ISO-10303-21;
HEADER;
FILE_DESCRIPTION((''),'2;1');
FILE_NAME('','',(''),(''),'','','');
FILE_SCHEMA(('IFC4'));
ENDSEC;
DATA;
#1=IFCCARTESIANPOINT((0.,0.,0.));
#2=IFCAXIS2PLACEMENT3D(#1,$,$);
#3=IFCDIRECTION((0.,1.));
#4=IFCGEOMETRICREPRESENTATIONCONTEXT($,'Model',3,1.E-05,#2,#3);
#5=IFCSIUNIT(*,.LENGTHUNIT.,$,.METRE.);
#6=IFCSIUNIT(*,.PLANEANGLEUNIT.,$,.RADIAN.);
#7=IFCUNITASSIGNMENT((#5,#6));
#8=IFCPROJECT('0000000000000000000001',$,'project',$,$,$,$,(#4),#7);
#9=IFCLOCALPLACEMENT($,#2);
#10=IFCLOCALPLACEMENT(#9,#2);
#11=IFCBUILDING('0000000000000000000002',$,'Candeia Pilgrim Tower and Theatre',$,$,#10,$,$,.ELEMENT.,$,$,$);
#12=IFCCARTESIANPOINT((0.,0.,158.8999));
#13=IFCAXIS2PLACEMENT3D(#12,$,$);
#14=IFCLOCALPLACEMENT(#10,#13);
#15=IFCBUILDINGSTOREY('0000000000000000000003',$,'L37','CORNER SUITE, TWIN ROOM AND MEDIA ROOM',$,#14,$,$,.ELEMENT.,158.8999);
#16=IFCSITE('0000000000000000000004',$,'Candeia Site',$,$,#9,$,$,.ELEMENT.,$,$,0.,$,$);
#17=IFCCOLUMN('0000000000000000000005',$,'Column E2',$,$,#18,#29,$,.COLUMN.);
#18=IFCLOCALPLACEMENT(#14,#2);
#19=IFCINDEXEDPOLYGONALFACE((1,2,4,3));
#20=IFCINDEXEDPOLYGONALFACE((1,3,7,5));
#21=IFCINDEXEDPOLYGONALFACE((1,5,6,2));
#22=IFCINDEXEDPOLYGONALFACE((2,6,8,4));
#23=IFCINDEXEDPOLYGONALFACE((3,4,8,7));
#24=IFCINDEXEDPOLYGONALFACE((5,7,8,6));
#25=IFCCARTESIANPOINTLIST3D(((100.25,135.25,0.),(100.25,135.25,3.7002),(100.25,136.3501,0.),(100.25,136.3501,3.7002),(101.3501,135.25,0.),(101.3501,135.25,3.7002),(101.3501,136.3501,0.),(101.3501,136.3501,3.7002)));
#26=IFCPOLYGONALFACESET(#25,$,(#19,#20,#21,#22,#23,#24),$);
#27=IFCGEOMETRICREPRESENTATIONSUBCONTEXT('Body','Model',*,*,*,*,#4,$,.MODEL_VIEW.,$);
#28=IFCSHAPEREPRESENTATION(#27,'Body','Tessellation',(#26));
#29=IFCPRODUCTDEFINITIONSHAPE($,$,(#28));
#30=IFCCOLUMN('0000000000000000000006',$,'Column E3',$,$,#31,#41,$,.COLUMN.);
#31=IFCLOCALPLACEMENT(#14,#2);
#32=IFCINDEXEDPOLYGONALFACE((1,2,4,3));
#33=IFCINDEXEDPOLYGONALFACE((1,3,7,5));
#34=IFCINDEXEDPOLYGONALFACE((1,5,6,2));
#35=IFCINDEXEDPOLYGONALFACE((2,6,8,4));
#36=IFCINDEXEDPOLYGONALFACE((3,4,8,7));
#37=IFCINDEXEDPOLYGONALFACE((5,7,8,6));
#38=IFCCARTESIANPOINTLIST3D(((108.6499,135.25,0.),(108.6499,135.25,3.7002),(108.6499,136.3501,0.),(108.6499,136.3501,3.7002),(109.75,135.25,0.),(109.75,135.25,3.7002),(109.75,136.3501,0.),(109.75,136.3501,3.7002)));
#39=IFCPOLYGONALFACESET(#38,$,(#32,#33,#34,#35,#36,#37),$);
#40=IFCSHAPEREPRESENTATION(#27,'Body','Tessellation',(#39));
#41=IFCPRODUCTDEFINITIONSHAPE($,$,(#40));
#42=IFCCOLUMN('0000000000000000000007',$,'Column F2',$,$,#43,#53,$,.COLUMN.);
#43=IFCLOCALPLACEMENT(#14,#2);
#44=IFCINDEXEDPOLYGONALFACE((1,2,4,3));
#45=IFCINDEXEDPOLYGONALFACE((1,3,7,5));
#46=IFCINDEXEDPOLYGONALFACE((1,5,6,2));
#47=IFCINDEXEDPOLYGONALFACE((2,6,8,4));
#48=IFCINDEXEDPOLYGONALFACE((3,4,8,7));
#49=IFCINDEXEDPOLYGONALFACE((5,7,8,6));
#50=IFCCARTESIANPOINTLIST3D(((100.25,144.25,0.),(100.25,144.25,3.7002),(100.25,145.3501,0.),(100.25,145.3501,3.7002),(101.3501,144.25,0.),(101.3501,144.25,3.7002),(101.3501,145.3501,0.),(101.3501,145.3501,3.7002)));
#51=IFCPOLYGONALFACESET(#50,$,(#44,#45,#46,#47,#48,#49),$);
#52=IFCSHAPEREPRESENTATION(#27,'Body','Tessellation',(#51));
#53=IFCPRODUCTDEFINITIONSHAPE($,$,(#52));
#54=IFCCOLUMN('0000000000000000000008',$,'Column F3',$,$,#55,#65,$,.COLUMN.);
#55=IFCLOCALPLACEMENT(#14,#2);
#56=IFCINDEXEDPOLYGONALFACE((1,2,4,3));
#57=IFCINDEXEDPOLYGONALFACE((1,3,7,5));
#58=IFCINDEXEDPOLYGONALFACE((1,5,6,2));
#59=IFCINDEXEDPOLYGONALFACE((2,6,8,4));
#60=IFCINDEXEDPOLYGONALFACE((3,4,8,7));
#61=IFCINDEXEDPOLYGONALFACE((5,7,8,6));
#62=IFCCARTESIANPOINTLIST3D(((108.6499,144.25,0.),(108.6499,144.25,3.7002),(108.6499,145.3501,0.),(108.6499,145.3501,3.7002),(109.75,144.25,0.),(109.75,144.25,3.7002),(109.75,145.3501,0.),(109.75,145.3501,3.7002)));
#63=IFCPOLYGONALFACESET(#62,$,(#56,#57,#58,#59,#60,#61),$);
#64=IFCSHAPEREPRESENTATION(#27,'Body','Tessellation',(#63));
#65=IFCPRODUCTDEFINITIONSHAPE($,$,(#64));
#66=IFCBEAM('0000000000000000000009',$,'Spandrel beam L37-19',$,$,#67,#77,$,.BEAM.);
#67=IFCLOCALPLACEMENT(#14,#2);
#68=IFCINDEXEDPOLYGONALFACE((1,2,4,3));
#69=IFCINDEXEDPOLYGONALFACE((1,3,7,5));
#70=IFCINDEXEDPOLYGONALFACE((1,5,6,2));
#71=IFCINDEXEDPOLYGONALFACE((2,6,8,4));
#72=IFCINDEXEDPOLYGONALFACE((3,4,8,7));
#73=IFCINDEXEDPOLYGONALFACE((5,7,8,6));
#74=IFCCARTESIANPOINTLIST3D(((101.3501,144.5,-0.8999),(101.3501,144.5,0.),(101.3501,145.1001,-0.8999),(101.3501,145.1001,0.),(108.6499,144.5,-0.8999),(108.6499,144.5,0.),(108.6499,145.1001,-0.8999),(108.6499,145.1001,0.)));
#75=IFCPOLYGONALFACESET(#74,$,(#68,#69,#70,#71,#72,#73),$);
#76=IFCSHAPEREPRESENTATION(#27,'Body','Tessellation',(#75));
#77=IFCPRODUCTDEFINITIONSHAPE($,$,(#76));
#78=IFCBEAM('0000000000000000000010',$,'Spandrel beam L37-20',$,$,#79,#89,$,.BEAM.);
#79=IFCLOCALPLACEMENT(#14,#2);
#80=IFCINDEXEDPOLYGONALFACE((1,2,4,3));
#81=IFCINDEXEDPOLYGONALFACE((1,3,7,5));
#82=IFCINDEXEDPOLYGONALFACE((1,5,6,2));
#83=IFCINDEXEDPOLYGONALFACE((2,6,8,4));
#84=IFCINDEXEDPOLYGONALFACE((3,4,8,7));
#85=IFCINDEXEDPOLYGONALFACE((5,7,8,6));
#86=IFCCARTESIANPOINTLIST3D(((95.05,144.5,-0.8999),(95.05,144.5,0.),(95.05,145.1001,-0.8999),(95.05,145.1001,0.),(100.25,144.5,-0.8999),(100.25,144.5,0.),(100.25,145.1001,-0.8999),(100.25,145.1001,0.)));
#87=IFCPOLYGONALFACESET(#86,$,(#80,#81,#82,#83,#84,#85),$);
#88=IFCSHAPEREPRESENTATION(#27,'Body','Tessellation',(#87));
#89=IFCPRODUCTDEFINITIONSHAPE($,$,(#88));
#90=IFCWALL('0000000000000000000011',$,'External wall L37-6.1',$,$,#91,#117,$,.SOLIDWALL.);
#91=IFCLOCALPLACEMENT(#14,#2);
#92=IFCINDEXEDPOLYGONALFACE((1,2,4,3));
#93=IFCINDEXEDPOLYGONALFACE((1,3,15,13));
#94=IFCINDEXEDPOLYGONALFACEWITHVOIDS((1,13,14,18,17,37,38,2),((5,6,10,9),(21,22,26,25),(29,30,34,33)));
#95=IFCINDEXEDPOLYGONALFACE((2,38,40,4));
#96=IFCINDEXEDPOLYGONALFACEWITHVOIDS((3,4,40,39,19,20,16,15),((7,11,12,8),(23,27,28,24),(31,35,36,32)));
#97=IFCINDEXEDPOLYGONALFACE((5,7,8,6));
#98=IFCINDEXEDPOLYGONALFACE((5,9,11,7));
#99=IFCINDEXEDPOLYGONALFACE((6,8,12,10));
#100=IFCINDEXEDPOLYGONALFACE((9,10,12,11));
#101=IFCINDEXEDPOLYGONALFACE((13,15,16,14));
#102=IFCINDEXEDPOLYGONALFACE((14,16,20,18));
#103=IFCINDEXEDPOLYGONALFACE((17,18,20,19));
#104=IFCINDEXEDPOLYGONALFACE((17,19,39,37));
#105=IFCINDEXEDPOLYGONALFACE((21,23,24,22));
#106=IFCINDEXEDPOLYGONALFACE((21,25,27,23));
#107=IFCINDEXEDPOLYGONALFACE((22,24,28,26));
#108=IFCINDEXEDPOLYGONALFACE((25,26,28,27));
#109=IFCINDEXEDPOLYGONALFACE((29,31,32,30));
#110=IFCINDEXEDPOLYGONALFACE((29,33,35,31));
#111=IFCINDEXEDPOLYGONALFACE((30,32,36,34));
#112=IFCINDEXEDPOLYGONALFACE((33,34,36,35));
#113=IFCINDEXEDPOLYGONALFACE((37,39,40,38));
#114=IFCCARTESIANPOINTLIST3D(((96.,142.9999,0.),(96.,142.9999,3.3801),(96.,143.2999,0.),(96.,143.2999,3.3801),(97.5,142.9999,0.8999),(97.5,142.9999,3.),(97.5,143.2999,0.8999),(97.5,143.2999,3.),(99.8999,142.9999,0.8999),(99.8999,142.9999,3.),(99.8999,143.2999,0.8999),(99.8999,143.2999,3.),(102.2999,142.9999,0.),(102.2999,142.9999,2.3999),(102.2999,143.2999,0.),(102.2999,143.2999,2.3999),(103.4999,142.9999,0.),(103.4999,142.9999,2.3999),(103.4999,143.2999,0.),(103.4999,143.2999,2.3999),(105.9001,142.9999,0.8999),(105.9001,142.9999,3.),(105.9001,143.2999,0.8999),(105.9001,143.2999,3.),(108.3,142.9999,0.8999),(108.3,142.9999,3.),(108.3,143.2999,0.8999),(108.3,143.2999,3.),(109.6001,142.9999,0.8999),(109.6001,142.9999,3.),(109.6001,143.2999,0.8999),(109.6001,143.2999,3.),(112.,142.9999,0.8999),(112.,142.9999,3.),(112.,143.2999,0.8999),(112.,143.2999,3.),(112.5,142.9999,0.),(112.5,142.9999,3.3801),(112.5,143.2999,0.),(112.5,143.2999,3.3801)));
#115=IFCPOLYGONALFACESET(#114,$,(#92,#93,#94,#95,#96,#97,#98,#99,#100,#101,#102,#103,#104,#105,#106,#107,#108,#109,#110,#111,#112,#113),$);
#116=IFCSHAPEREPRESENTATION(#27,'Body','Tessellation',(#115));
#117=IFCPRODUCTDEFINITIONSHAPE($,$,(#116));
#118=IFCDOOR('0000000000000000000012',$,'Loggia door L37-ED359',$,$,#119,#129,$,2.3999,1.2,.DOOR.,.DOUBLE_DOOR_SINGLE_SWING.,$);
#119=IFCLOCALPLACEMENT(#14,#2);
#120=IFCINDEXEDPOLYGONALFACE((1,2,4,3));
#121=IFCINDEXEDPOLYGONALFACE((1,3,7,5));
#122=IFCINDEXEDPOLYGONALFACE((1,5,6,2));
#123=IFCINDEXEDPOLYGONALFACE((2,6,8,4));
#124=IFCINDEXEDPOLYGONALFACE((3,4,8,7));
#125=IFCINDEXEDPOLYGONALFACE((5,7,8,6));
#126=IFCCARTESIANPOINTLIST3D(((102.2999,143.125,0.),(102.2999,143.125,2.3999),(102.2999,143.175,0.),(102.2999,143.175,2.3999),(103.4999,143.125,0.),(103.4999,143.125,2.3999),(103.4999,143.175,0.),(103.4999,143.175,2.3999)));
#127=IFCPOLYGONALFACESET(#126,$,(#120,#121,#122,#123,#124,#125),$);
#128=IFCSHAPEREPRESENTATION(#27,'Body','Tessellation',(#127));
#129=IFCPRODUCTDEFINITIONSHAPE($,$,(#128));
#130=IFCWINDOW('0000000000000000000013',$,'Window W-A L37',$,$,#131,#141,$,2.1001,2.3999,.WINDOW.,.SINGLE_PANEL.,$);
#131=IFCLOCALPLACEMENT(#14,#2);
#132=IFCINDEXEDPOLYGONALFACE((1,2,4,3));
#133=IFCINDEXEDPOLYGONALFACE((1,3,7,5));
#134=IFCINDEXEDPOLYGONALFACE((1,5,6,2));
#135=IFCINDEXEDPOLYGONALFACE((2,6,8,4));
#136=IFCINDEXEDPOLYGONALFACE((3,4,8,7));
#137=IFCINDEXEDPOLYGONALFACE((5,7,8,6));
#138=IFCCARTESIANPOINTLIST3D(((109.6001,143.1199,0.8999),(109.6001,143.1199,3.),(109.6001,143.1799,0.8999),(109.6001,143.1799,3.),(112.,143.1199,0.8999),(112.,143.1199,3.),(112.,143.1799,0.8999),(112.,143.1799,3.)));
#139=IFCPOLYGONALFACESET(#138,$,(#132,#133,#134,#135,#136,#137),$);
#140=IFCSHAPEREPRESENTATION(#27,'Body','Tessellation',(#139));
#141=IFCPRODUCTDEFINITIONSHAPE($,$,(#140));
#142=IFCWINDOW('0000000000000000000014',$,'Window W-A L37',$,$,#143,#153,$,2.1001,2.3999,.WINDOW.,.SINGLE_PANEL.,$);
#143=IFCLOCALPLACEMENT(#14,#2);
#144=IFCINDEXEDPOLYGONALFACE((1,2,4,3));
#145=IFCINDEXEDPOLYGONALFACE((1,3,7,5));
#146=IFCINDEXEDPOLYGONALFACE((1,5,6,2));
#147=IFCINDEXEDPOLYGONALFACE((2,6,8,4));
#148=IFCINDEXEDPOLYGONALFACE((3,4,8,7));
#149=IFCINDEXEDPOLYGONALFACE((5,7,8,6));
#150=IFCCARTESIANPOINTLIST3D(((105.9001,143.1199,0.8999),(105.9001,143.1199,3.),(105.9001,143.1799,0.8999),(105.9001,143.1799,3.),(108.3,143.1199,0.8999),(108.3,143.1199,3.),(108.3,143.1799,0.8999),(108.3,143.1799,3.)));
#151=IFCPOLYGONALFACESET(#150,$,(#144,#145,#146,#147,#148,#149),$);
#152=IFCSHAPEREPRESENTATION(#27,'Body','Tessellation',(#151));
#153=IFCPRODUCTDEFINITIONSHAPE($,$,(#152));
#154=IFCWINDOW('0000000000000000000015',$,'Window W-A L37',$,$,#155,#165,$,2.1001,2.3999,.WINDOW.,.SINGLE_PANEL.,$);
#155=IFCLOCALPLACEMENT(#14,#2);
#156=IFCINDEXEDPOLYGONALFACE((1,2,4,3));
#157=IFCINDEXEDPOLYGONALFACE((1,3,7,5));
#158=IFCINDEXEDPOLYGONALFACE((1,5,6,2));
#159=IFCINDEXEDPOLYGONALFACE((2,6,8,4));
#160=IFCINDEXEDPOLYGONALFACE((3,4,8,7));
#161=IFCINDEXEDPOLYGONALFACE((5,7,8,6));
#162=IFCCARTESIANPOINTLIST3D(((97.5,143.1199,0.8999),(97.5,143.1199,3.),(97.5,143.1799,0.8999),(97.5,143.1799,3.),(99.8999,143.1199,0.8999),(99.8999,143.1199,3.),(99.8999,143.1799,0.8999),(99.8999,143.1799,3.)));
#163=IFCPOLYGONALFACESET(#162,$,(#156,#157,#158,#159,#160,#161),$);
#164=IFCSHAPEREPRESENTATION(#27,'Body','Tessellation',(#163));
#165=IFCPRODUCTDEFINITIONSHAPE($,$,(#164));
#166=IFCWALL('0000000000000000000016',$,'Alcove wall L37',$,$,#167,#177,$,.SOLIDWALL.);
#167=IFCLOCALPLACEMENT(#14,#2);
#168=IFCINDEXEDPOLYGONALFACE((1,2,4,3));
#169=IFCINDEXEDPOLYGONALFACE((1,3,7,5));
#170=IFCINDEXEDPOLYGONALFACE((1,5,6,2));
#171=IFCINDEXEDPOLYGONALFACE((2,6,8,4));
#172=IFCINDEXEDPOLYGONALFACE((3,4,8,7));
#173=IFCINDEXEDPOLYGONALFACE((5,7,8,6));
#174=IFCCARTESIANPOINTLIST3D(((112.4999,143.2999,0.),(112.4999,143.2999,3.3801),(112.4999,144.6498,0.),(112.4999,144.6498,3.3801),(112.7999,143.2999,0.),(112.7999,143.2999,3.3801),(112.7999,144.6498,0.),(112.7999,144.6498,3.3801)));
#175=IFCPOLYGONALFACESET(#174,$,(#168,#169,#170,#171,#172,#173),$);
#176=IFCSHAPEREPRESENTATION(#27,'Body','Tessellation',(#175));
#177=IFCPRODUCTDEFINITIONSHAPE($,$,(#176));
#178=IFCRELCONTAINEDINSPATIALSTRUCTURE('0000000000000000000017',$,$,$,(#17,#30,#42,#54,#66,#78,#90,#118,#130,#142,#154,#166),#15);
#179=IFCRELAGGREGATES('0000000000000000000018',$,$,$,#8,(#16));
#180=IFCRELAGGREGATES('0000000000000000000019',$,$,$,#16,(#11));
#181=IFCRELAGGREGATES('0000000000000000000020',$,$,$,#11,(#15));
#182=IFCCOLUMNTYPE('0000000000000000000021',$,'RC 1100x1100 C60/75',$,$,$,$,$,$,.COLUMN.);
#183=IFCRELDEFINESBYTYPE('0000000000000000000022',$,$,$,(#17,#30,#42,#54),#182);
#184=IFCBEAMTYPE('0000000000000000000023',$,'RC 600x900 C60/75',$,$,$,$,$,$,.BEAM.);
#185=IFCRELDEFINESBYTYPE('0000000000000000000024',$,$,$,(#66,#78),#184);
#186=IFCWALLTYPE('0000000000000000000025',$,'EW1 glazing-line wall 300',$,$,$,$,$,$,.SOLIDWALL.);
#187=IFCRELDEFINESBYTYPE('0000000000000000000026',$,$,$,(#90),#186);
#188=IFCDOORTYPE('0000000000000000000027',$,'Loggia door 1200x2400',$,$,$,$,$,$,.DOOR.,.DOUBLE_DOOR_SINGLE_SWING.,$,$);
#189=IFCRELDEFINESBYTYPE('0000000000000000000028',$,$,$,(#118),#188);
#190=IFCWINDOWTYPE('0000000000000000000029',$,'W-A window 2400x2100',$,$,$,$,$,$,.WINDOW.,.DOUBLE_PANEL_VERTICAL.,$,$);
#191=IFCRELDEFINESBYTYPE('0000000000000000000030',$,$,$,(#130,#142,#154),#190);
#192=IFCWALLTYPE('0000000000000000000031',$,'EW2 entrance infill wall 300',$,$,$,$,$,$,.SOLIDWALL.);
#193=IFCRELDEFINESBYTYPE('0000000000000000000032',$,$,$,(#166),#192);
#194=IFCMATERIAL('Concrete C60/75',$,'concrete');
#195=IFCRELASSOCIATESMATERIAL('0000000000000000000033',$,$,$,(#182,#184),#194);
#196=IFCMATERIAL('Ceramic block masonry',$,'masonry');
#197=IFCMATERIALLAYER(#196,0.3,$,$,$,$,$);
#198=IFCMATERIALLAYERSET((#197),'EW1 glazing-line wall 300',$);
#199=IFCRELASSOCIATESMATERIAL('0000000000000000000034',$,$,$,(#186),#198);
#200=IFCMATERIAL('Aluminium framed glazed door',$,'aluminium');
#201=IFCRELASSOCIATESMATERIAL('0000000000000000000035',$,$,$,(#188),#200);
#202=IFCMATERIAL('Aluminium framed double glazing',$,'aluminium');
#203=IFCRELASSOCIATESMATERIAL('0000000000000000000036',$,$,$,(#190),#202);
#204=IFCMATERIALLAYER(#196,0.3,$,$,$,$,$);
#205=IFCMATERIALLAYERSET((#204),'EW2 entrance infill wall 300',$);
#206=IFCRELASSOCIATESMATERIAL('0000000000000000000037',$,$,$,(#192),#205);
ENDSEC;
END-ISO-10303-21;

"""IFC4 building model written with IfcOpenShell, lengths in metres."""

from ifc_helpers import new_model, si_unit, direction, frame, frame_2d, origin, origin_2d, place, context, subcontext, project, spatial, rectangle, extrude, material, layer, layer_set, material_profile, profile_set, type_object, element, fill, save


model = new_model("IFC4")

# Units and contexts
model_context = context("Model", 3, precision=1e-05, world=origin(), true_north=direction((0.0, 1.0)))
body_context = subcontext(model_context, "Body", "Model", "MODEL_VIEW")
ifc_project = project(units=[si_unit("LENGTHUNIT", "METRE"), si_unit("PLANEANGLEUNIT", "RADIAN")], contexts=[model_context])

# Site, building, storey
site_placement = place(None, origin())
site = spatial("IfcSite", under=ifc_project, at=site_placement, Name="Candeia Site", CompositionType="ELEMENT", RefElevation=0.0)
building_placement = place(site_placement, origin())
building = spatial("IfcBuilding", under=site, at=building_placement, Name="Candeia Pilgrim Tower and Theatre", CompositionType="ELEMENT")
storey_placement = place(building_placement, frame((0.0, 0.0, 158.8999)))
storey = spatial("IfcBuildingStorey", under=building, at=storey_placement, Name="L37", Description="CORNER SUITE, TWIN ROOM AND MEDIA ROOM", CompositionType="ELEMENT", Elevation=158.8999)

# Columns
ifc_material_1 = material(Name="Concrete C60/75", Category="concrete")
ifc_material_profile_1 = material_profile(ifc_material_1, rectangle(XDim=1.1001, YDim=1.1001, at=origin_2d()))
ifc_profile_set_1 = profile_set([ifc_material_profile_1], Name="Concrete C60/75")
column_type = type_object("IfcColumnType", Name="RC 1100x1100 C60/75", PredefinedType="COLUMN", material=ifc_profile_set_1)
for number, where, z_axis, x_axis, name in (
    (1, (100.8, 135.8, 0.0), (0.0, 0.0, 1.0), (1.0, 0.0, 0.0), "Column E2"),
    (2, (109.2, 135.8, 0.0), (0.0, 0.0, 1.0), (1.0, 0.0, 0.0), "Column E3"),
    (3, (100.8, 144.8, 0.0), (0.0, 0.0, 1.0), (1.0, 0.0, 0.0), "Column F2"),
    (4, (109.2, 144.8, 0.0), (0.0, 0.0, 1.0), (1.0, 0.0, 0.0), "Column F3"),
):
    element("IfcColumn", number, at=place(storey_placement, frame(where, z_axis=z_axis, x_axis=x_axis)), inside=storey, type_object=column_type, Name=name, PredefinedType="COLUMN", context=body_context, shape_type="SweptSolid", body=[
        extrude(rectangle(XDim=1.1001, YDim=1.1001, at=origin_2d()), origin(), (0.0, 0.0, 1.0), 3.7002),
    ])

# Beams
ifc_material_profile_2 = material_profile(ifc_material_1, rectangle(XDim=0.6001, YDim=0.8999, at=origin_2d()))
ifc_profile_set_2 = profile_set([ifc_material_profile_2], Name="Concrete C60/75")
beam_type = type_object("IfcBeamType", Name="RC 600x900 C60/75", PredefinedType="BEAM", material=ifc_profile_set_2)
beam_1_placement = place(storey_placement, frame((108.6499, 144.8, -0.45), z_axis=(-1.0, 0.0, 0.0), x_axis=(0.0, -1.0, 0.0)))
element("IfcBeam", 5, at=beam_1_placement, inside=storey, type_object=beam_type, Name="Spandrel beam L37-19", PredefinedType="BEAM", context=body_context, shape_type="SweptSolid", body=[
    extrude(rectangle(XDim=0.6001, YDim=0.8999, at=origin_2d()), origin(), (0.0, 0.0, 1.0), 7.2998),
])
beam_2_placement = place(storey_placement, frame((100.25, 144.8, -0.45), z_axis=(-1.0, 0.0, 0.0), x_axis=(0.0, -1.0, 0.0)))
element("IfcBeam", 6, at=beam_2_placement, inside=storey, type_object=beam_type, Name="Spandrel beam L37-20", PredefinedType="BEAM", context=body_context, shape_type="SweptSolid", body=[
    extrude(rectangle(XDim=0.6001, YDim=0.8999, at=origin_2d()), origin(), (0.0, 0.0, 1.0), 5.2),
])

# Wall, openings, door, windows
ifc_material_2 = material(Name="Ceramic block masonry", Category="masonry")
ifc_layer_1 = layer(ifc_material_2, 0.3)
ifc_layer_set_1 = layer_set([ifc_layer_1], Name="EW1 glazing-line wall 300")
wall_type_1 = type_object("IfcWallType", Name="EW1 glazing-line wall 300", PredefinedType="SOLIDWALL", material=ifc_layer_set_1)
wall_1_placement = place(storey_placement, frame((112.5, 143.1499, 0.0), z_axis=(0.0, 0.0, 1.0), x_axis=(-1.0, 0.0, 0.0)))
wall_1 = element("IfcWall", 7, at=wall_1_placement, inside=storey, type_object=wall_type_1, Name="External wall L37-6.1", PredefinedType="SOLIDWALL", context=body_context, shape_type="SweptSolid", body=[
    extrude(rectangle(XDim=16.5, YDim=0.3, at=frame_2d((8.25, 0.0))), origin(), (0.0, 0.0, 1.0), 3.3801),
])
opening_1_placement = place(wall_1_placement, frame((0.5, 0.0, 0.8999)))
opening_1 = element("IfcOpeningElement", 8, at=opening_1_placement, cuts=wall_1, PredefinedType="OPENING", context=body_context, shape_type="SweptSolid", body=[
    extrude(rectangle(XDim=2.3999, YDim=2.1001, at=frame_2d((1.2, 1.05))), frame((0.0, 0.1602, 0.0), z_axis=(0.0, -1.0, 0.0), x_axis=(1.0, 0.0, 0.0)), (0.0, 0.0, 1.0), 0.3201),
])
opening_2_placement = place(wall_1_placement, frame((4.2, 0.0, 0.8999)))
opening_2 = element("IfcOpeningElement", 9, at=opening_2_placement, cuts=wall_1, PredefinedType="OPENING", context=body_context, shape_type="SweptSolid", body=[
    extrude(rectangle(XDim=2.3999, YDim=2.1001, at=frame_2d((1.2, 1.05))), frame((0.0, 0.1602, 0.0), z_axis=(0.0, -1.0, 0.0), x_axis=(1.0, 0.0, 0.0)), (0.0, 0.0, 1.0), 0.3201),
])
opening_3_placement = place(wall_1_placement, frame((9.0, 0.0, 0.0)))
opening_3 = element("IfcOpeningElement", 10, at=opening_3_placement, cuts=wall_1, PredefinedType="OPENING", context=body_context, shape_type="SweptSolid", body=[
    extrude(rectangle(XDim=1.2, YDim=2.3999, at=frame_2d((0.6001, 1.2))), frame((0.0, 0.1602, 0.0), z_axis=(0.0, -1.0, 0.0), x_axis=(1.0, 0.0, 0.0)), (0.0, 0.0, 1.0), 0.3201),
])
opening_4_placement = place(wall_1_placement, frame((12.6001, 0.0, 0.8999)))
opening_4 = element("IfcOpeningElement", 11, at=opening_4_placement, cuts=wall_1, PredefinedType="OPENING", context=body_context, shape_type="SweptSolid", body=[
    extrude(rectangle(XDim=2.3999, YDim=2.1001, at=frame_2d((1.2, 1.05))), frame((0.0, 0.1602, 0.0), z_axis=(0.0, -1.0, 0.0), x_axis=(1.0, 0.0, 0.0)), (0.0, 0.0, 1.0), 0.3201),
])
ifc_material_3 = material(Name="Aluminium framed glazed door", Category="aluminium")
door_type_1 = type_object("IfcDoorType", Name="Loggia door 1200x2400", OperationType="DOUBLE_DOOR_SINGLE_SWING", PredefinedType="DOOR", material=ifc_material_3)
door_1_placement = place(opening_3_placement, origin())
door_1 = element("IfcDoor", 12, at=door_1_placement, inside=storey, type_object=door_type_1, Name="Loggia door L37-ED359", OperationType="DOUBLE_DOOR_SINGLE_SWING", OverallHeight=2.3999, OverallWidth=1.2, PredefinedType="DOOR", context=body_context, shape_type="SweptSolid", body=[
    extrude(rectangle(XDim=1.2, YDim=2.3999, at=frame_2d((0.6001, 1.2))), frame((0.0, 0.0249, 0.0), z_axis=(0.0, -1.0, 0.0), x_axis=(1.0, 0.0, 0.0)), (0.0, 0.0, 1.0), 0.05),
])
fill(opening_3, door_1)
ifc_material_4 = material(Name="Aluminium framed double glazing", Category="aluminium")
window_type = type_object("IfcWindowType", Name="W-A window 2400x2100", PartitioningType="DOUBLE_PANEL_VERTICAL", PredefinedType="WINDOW", material=ifc_material_4)
window_1_placement = place(opening_1_placement, origin())
window_1 = element("IfcWindow", 13, at=window_1_placement, inside=storey, type_object=window_type, Name="Window W-A L37", OverallHeight=2.1001, OverallWidth=2.3999, PartitioningType="SINGLE_PANEL", PredefinedType="WINDOW", context=body_context, shape_type="SweptSolid", body=[
    extrude(rectangle(XDim=2.3999, YDim=2.1001, at=frame_2d((1.2, 1.05))), frame((0.0, 0.03, 0.0), z_axis=(0.0, -1.0, 0.0), x_axis=(1.0, 0.0, 0.0)), (0.0, 0.0, 1.0), 0.0601),
])
fill(opening_1, window_1)
window_2_placement = place(opening_2_placement, origin())
window_2 = element("IfcWindow", 14, at=window_2_placement, inside=storey, type_object=window_type, Name="Window W-A L37", OverallHeight=2.1001, OverallWidth=2.3999, PartitioningType="SINGLE_PANEL", PredefinedType="WINDOW", context=body_context, shape_type="SweptSolid", body=[
    extrude(rectangle(XDim=2.3999, YDim=2.1001, at=frame_2d((1.2, 1.05))), frame((0.0, 0.03, 0.0), z_axis=(0.0, -1.0, 0.0), x_axis=(1.0, 0.0, 0.0)), (0.0, 0.0, 1.0), 0.0601),
])
fill(opening_2, window_2)
window_3_placement = place(opening_4_placement, origin())
window_3 = element("IfcWindow", 15, at=window_3_placement, inside=storey, type_object=window_type, Name="Window W-A L37", OverallHeight=2.1001, OverallWidth=2.3999, PartitioningType="SINGLE_PANEL", PredefinedType="WINDOW", context=body_context, shape_type="SweptSolid", body=[
    extrude(rectangle(XDim=2.3999, YDim=2.1001, at=frame_2d((1.2, 1.05))), frame((0.0, 0.03, 0.0), z_axis=(0.0, -1.0, 0.0), x_axis=(1.0, 0.0, 0.0)), (0.0, 0.0, 1.0), 0.0601),
])
fill(opening_4, window_3)

# Wall
ifc_layer_2 = layer(ifc_material_2, 0.3)
ifc_layer_set_2 = layer_set([ifc_layer_2], Name="EW2 entrance infill wall 300")
wall_type_2 = type_object("IfcWallType", Name="EW2 entrance infill wall 300", PredefinedType="SOLIDWALL", material=ifc_layer_set_2)
wall_2_placement = place(storey_placement, frame((112.6499, 143.3, 0.0), z_axis=(0.0, 0.0, 1.0), x_axis=(0.0, 1.0, 0.0)))
element("IfcWall", 16, at=wall_2_placement, inside=storey, type_object=wall_type_2, Name="Alcove wall L37", PredefinedType="SOLIDWALL", context=body_context, shape_type="SweptSolid", body=[
    extrude(rectangle(XDim=1.3499, YDim=0.3, at=frame_2d((0.6748, 0.0))), origin(), (0.0, 0.0, 1.0), 3.3801),
])

save(model, "model.ifc")
